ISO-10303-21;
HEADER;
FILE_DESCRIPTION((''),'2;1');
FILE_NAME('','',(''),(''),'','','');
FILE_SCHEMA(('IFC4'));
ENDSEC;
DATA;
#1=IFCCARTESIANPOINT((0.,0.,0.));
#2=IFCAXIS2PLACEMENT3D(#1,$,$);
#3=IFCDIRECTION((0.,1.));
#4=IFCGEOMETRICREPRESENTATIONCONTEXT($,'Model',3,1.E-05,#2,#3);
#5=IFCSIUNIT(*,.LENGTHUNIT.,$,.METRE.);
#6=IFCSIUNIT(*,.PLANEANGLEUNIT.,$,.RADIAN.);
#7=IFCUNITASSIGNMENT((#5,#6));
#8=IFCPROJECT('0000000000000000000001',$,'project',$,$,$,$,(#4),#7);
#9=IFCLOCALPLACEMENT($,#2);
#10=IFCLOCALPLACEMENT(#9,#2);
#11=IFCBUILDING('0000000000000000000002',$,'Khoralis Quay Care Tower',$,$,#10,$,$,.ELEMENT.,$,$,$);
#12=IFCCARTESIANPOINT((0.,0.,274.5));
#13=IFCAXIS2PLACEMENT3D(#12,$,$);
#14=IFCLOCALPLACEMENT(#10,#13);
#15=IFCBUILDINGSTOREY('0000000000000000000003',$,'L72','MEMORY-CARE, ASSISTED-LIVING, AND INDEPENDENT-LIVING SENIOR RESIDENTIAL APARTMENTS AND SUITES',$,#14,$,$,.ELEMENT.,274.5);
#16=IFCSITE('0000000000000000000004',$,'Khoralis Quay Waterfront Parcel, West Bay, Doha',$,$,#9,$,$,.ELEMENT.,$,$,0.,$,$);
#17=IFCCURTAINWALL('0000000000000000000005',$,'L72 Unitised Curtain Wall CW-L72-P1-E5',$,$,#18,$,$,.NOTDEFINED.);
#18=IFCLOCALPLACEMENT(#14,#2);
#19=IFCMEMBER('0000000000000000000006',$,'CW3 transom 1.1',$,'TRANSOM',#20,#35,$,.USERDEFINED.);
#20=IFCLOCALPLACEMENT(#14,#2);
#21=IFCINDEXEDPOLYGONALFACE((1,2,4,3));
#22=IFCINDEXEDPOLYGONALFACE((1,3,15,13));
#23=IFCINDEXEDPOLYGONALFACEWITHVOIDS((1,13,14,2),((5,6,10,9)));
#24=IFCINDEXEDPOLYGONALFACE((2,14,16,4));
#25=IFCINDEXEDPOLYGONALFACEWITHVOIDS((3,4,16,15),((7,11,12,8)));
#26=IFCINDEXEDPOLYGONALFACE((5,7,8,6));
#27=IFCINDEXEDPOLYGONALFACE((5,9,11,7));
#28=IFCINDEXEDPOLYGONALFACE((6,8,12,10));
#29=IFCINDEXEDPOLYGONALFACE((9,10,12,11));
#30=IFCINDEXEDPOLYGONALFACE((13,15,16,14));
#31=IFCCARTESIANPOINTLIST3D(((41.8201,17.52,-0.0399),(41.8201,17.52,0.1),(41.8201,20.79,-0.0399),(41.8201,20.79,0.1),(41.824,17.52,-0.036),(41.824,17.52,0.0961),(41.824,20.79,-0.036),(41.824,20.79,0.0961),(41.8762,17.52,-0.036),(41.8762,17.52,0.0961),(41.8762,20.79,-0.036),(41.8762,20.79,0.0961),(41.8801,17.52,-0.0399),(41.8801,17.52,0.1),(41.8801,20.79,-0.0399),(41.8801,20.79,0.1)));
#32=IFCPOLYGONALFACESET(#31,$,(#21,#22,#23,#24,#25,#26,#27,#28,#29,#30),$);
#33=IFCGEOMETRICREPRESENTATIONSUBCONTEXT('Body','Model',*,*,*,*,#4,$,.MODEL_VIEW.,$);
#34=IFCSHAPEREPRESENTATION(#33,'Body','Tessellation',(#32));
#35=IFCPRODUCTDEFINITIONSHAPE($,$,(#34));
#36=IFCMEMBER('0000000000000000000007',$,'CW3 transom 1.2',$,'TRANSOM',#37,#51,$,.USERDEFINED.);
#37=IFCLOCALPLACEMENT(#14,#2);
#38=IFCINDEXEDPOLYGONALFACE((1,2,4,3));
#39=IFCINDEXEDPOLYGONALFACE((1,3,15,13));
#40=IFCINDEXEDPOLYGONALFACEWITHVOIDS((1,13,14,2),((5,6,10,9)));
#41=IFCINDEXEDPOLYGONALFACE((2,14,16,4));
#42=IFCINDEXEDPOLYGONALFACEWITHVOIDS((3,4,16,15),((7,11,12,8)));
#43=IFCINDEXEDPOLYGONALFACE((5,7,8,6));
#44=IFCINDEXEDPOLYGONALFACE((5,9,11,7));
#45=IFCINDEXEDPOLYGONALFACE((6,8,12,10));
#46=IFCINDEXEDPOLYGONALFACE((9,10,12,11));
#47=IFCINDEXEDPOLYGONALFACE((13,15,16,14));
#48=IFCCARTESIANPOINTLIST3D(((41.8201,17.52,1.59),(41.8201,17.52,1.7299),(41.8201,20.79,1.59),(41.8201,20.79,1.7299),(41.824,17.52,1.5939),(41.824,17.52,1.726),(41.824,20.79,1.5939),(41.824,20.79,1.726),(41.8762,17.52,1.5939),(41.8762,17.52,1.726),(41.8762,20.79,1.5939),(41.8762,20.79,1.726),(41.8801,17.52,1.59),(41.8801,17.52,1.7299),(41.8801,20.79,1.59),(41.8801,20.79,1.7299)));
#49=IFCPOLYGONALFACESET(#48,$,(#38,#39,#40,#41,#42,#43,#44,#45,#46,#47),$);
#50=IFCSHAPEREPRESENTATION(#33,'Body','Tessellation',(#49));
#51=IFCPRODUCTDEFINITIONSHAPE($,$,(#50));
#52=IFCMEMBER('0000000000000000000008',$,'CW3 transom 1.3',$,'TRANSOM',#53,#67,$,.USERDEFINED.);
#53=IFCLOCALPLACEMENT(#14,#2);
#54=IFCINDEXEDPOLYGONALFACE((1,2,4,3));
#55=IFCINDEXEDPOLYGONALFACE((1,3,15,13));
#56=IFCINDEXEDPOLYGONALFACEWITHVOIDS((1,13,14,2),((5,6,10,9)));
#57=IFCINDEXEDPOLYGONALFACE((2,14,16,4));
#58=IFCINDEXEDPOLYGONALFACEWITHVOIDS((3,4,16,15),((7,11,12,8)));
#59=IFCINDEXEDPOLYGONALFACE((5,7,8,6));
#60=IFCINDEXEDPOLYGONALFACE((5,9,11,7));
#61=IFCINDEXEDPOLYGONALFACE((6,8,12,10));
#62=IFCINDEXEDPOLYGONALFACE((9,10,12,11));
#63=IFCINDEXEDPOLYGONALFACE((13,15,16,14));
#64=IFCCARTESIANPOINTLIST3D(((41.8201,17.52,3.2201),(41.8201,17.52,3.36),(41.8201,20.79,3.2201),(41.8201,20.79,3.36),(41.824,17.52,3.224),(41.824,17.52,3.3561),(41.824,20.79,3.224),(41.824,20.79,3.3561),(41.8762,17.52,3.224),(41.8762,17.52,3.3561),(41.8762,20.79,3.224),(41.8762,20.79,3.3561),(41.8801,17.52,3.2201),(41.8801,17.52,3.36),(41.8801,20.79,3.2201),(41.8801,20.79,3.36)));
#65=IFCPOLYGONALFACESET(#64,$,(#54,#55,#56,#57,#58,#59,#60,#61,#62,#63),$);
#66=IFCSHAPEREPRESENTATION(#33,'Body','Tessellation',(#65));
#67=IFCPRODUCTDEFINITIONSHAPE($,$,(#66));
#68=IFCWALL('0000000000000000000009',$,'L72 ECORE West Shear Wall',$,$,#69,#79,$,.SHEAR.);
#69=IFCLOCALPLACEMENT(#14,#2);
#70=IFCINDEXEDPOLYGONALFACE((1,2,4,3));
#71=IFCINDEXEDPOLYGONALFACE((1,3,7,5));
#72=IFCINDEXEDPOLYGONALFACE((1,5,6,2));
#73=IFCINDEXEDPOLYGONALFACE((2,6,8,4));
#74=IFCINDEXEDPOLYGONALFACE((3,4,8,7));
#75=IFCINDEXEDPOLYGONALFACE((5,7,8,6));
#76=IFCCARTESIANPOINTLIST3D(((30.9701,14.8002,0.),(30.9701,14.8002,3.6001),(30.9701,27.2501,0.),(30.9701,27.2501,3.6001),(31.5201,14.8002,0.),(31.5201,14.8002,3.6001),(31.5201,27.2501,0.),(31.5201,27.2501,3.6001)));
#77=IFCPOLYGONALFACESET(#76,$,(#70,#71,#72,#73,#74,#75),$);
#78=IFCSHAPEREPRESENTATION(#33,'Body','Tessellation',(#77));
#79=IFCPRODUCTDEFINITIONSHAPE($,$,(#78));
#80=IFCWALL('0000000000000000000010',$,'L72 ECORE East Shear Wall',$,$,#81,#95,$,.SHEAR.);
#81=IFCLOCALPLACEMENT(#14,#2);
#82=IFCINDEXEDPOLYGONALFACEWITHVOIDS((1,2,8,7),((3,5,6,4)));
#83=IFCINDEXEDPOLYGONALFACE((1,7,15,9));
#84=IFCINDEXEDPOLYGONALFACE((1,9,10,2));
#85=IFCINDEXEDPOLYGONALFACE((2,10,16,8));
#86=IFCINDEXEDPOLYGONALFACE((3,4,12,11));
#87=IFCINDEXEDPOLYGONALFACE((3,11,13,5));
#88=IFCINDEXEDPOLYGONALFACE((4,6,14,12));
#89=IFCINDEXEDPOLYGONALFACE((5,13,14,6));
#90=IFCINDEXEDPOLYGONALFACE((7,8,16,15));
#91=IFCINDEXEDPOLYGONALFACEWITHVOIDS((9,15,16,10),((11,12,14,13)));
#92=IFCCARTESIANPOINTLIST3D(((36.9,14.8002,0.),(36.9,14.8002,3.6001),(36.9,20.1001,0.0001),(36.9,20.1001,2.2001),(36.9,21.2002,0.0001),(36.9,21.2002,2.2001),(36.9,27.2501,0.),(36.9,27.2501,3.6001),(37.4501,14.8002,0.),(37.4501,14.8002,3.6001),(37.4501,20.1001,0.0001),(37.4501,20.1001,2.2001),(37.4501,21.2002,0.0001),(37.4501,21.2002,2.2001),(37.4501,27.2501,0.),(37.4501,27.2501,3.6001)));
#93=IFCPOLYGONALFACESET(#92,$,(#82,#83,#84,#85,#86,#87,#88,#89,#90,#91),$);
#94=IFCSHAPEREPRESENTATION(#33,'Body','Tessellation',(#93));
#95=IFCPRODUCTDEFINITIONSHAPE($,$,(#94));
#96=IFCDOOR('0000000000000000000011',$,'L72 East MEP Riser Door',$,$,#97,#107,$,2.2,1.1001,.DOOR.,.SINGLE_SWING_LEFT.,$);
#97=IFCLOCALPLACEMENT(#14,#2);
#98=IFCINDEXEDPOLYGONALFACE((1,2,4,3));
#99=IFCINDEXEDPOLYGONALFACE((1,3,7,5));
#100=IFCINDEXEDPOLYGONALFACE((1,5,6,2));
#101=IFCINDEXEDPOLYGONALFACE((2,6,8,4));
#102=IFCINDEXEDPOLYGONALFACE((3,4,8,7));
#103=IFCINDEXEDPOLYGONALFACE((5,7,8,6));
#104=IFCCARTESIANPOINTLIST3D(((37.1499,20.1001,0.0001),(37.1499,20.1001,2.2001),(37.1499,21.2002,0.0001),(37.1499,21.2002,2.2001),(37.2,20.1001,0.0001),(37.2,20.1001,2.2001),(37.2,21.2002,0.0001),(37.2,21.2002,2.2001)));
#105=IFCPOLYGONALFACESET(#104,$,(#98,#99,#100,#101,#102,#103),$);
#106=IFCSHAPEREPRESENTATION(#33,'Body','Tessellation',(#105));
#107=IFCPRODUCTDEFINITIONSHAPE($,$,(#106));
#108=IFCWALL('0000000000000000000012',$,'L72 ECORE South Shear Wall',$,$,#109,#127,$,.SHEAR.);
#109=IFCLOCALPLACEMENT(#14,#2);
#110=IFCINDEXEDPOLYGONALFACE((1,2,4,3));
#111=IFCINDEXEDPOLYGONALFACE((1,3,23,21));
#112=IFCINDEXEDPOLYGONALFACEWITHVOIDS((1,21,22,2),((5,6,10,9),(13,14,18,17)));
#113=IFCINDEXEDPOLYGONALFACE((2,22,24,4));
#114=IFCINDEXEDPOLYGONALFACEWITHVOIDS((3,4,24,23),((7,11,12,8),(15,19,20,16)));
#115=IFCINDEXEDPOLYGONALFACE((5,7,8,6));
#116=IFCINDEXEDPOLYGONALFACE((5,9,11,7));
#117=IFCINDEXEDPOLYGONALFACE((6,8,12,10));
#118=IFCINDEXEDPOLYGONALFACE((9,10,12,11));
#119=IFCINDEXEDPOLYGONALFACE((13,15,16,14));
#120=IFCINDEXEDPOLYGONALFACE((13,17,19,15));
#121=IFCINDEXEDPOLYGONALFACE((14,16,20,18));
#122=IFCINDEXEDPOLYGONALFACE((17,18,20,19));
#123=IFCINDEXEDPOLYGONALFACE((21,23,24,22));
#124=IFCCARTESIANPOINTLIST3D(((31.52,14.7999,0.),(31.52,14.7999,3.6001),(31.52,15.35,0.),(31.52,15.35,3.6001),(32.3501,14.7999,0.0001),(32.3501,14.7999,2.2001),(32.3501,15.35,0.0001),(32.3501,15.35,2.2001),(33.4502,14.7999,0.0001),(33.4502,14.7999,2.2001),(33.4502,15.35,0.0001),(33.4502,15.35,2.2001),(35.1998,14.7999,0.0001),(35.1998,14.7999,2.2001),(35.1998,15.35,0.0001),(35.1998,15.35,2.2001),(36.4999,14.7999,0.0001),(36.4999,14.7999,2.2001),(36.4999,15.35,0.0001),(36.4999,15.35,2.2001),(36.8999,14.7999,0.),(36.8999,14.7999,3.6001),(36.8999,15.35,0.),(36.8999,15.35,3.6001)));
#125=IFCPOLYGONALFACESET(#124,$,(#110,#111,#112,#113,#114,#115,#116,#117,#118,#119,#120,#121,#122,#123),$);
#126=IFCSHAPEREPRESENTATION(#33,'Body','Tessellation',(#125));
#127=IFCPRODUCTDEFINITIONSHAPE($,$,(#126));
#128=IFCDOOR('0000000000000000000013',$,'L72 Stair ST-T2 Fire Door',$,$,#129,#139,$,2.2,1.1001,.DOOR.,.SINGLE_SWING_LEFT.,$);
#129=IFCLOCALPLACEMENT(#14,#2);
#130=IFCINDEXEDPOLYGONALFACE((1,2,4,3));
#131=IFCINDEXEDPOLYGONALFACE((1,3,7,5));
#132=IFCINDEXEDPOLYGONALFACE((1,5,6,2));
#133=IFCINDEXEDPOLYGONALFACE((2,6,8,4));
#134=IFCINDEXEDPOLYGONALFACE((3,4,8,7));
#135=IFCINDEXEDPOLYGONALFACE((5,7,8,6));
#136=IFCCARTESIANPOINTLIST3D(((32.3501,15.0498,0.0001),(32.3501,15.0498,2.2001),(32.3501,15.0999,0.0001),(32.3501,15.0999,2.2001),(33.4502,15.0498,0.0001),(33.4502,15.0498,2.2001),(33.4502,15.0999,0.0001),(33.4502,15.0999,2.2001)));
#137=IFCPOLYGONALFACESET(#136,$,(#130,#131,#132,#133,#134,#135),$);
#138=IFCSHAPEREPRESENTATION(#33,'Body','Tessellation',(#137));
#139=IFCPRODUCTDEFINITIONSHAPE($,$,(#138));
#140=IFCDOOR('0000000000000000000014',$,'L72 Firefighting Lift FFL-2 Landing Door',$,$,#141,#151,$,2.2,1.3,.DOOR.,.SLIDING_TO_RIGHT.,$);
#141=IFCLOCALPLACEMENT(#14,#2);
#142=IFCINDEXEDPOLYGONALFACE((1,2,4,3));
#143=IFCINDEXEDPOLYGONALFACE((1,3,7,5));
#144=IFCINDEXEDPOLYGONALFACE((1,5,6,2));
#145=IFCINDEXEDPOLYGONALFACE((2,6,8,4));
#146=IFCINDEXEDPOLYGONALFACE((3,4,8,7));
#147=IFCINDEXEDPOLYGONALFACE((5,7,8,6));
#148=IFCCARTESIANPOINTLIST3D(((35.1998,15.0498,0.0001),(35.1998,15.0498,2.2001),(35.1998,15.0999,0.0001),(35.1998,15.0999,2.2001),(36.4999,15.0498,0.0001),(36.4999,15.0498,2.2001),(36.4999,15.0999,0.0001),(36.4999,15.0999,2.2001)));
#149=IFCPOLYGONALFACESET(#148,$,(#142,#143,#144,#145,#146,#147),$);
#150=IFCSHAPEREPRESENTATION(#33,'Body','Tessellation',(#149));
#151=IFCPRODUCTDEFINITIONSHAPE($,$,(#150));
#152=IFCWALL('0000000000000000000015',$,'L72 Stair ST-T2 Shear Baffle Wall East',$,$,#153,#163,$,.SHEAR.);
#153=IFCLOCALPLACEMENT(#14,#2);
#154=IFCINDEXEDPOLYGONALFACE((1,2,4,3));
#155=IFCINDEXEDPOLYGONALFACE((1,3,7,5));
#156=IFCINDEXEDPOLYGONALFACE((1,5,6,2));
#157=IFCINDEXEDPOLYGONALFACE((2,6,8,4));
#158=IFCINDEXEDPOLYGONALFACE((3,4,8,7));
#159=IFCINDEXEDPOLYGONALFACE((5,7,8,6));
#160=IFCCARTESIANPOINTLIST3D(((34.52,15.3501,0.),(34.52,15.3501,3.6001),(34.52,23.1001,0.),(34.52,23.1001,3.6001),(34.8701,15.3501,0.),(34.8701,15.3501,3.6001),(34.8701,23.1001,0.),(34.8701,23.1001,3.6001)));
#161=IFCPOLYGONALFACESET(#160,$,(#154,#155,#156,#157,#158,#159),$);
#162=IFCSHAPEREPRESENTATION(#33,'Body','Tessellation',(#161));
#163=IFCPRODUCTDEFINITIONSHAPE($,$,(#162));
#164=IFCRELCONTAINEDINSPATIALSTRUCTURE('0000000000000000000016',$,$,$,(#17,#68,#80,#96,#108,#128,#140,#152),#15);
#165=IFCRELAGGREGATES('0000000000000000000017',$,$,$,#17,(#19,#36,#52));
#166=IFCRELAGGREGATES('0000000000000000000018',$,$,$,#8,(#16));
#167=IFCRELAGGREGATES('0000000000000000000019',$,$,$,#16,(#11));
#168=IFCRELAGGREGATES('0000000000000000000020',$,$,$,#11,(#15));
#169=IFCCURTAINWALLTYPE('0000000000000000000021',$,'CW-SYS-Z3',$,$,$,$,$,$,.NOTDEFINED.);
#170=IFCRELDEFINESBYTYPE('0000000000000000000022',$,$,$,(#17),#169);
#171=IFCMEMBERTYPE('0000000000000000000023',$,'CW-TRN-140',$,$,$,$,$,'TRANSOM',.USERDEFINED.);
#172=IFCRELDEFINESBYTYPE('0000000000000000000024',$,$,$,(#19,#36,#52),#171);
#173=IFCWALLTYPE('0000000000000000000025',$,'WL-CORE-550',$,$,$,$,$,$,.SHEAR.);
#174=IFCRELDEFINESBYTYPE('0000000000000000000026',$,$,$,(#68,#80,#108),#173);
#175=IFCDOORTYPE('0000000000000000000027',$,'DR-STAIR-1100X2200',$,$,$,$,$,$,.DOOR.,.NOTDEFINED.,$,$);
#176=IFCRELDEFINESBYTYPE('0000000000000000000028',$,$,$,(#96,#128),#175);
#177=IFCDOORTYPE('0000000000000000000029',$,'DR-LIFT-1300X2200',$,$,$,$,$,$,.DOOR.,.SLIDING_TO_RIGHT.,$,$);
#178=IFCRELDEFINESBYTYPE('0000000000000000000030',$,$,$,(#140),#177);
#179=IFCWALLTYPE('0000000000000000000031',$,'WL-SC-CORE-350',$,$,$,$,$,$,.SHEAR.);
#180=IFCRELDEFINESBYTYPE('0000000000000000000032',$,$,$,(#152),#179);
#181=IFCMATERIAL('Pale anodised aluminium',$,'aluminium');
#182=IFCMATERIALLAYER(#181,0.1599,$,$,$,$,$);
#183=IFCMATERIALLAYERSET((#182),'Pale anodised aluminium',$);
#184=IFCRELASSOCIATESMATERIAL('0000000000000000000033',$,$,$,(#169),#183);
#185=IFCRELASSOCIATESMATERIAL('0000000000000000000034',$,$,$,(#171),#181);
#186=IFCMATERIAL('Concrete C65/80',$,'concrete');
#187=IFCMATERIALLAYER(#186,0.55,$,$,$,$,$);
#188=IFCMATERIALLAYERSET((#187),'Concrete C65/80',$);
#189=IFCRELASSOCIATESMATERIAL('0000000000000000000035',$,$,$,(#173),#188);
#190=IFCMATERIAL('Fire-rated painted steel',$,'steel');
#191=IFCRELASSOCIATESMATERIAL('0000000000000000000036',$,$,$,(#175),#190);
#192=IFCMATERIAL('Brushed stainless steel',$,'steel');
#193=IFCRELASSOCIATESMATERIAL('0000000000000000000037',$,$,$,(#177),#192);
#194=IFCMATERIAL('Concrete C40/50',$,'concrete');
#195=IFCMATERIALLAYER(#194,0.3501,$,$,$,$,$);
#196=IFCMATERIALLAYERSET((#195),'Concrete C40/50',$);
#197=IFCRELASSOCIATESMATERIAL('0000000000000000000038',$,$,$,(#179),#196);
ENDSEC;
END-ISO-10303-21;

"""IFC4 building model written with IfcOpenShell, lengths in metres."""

from ifc_helpers import new_model, si_unit, direction, frame, frame_2d, origin, origin_2d, place, context, subcontext, project, spatial, rectangle, hollow_rectangle, extrude, source, transform, mapped, material, layer, layer_set, material_profile, profile_set, type_object, element, fill, aggregate, save


model = new_model("IFC4")

# Units and contexts
model_context = context("Model", 3, precision=1e-05, world=origin(), true_north=direction((0.0, 1.0)))
body_context = subcontext(model_context, "Body", "Model", "MODEL_VIEW")
ifc_project = project(units=[si_unit("LENGTHUNIT", "METRE"), si_unit("PLANEANGLEUNIT", "RADIAN")], contexts=[model_context])

# Site, building, storey
site_placement = place(None, origin())
site = spatial("IfcSite", under=ifc_project, at=site_placement, Name="Khoralis Quay Waterfront Parcel, West Bay, Doha", CompositionType="ELEMENT", RefElevation=0.0)
building_placement = place(site_placement, origin())
building = spatial("IfcBuilding", under=site, at=building_placement, Name="Khoralis Quay Care Tower", CompositionType="ELEMENT")
storey_placement = place(building_placement, frame((0.0, 0.0, 274.5)))
storey = spatial("IfcBuildingStorey", under=building, at=storey_placement, Name="L72", Description="MEMORY-CARE, ASSISTED-LIVING, AND INDEPENDENT-LIVING SENIOR RESIDENTIAL APARTMENTS AND SUITES", CompositionType="ELEMENT", Elevation=274.5)

# Curtain wall, members
ifc_material_1 = material(Name="Pale anodised aluminium", Category="aluminium")
ifc_layer_1 = layer(ifc_material_1, 0.1599)
ifc_layer_set_1 = layer_set([ifc_layer_1], Name="Pale anodised aluminium")
curtain_wall_type = type_object("IfcCurtainWallType", Name="CW-SYS-Z3", PredefinedType="NOTDEFINED", material=ifc_layer_set_1)
curtain_wall_placement = place(storey_placement, origin())
curtain_wall = element("IfcCurtainWall", 1, at=curtain_wall_placement, inside=storey, type_object=curtain_wall_type, Name="L72 Unitised Curtain Wall CW-L72-P1-E5", PredefinedType="NOTDEFINED")
ifc_material_profile_1 = material_profile(ifc_material_1, hollow_rectangle(XDim=0.0601, YDim=0.1399, WallThickness=0.0039, at=origin_2d()), Name="Pale anodised aluminium")
ifc_profile_set_1 = profile_set([ifc_material_profile_1], Name="Pale anodised aluminium")
member_type_1 = type_object("IfcMemberType", Name="CW-TRN-140", ElementType="TRANSOM", PredefinedType="USERDEFINED", material=ifc_profile_set_1)
shared_shape_1 = source(origin(), body_context, "Body", "SweptSolid", [
    extrude(hollow_rectangle(XDim=0.0601, YDim=0.1399, WallThickness=0.0039, at=origin_2d()), origin(), (0.0, 0.0, 1.0), 3.27),
])
member_1_placement = place(storey_placement, frame((41.8501, 17.52, 0.03), z_axis=(0.0, 1.0, 0.0), x_axis=(-1.0, 0.0, 0.0)))
member_1 = element("IfcMember", 2, at=member_1_placement, type_object=member_type_1, Name="CW3 transom 1.1", ObjectType="TRANSOM", PredefinedType="USERDEFINED", context=body_context, shape_type="MappedRepresentation", body=[
    mapped(shared_shape_1, transform((0.0, 0.0, 0.0), scale=1.0)),
])
member_2_placement = place(storey_placement, frame((41.8501, 17.52, 1.6599), z_axis=(0.0, 1.0, 0.0), x_axis=(-1.0, 0.0, 0.0)))
member_2 = element("IfcMember", 3, at=member_2_placement, type_object=member_type_1, Name="CW3 transom 1.2", ObjectType="TRANSOM", PredefinedType="USERDEFINED", context=body_context, shape_type="MappedRepresentation", body=[
    mapped(shared_shape_1, transform((0.0, 0.0, 0.0), scale=1.0)),
])
member_3_placement = place(storey_placement, frame((41.8501, 17.52, 3.29), z_axis=(0.0, 1.0, 0.0), x_axis=(-1.0, 0.0, 0.0)))
member_3 = element("IfcMember", 4, at=member_3_placement, type_object=member_type_1, Name="CW3 transom 1.3", ObjectType="TRANSOM", PredefinedType="USERDEFINED", context=body_context, shape_type="MappedRepresentation", body=[
    mapped(shared_shape_1, transform((0.0, 0.0, 0.0), scale=1.0)),
])
aggregate(curtain_wall, [member_1, member_2, member_3])

# Wall
ifc_material_2 = material(Name="Concrete C65/80", Category="concrete")
ifc_layer_2 = layer(ifc_material_2, 0.55)
ifc_layer_set_2 = layer_set([ifc_layer_2], Name="Concrete C65/80")
wall_type_1 = type_object("IfcWallType", Name="WL-CORE-550", PredefinedType="SHEAR", material=ifc_layer_set_2)
wall_1_placement = place(storey_placement, frame((31.2451, 14.8, 0.0), z_axis=(0.0, 0.0, 1.0), x_axis=(0.0, 1.0, 0.0)))
element("IfcWall", 5, at=wall_1_placement, inside=storey, type_object=wall_type_1, Name="L72 ECORE West Shear Wall", PredefinedType="SHEAR", context=body_context, shape_type="SweptSolid", body=[
    extrude(rectangle(XDim=12.45, YDim=0.55, at=frame_2d((6.2251, 0.0))), origin(), (0.0, 0.0, 1.0), 3.6001),
])

# Wall, opening, door
wall_2_placement = place(storey_placement, frame((37.175, 14.8, 0.0), z_axis=(0.0, 0.0, 1.0), x_axis=(0.0, 1.0, 0.0)))
wall_2 = element("IfcWall", 6, at=wall_2_placement, inside=storey, type_object=wall_type_1, Name="L72 ECORE East Shear Wall", PredefinedType="SHEAR", context=body_context, shape_type="SweptSolid", body=[
    extrude(rectangle(XDim=12.45, YDim=0.55, at=frame_2d((6.2251, 0.0))), origin(), (0.0, 0.0, 1.0), 3.6001),
])
opening_1_placement = place(wall_2_placement, frame((5.3, 0.0, 0.0)))
opening_1 = element("IfcOpeningElement", 7, at=opening_1_placement, cuts=wall_2, PredefinedType="OPENING", context=body_context, shape_type="SweptSolid", body=[
    extrude(rectangle(XDim=1.1001, YDim=2.2, at=frame_2d((0.55, 1.1001))), frame((0.0, 0.2852, 0.0), z_axis=(0.0, -1.0, 0.0), x_axis=(1.0, 0.0, 0.0)), (0.0, 0.0, 1.0), 0.5701),
])
ifc_material_3 = material(Name="Fire-rated painted steel", Category="steel")
door_type_1 = type_object("IfcDoorType", Name="DR-STAIR-1100X2200", OperationType="NOTDEFINED", PredefinedType="DOOR", material=ifc_material_3)
shared_shape_2 = source(origin(), body_context, "Body", "SweptSolid", [
    extrude(rectangle(XDim=1.1001, YDim=2.2, at=frame_2d((0.55, 1.1001))), frame((0.0, 0.0249, 0.0), z_axis=(0.0, -1.0, 0.0), x_axis=(1.0, 0.0, 0.0)), (0.0, 0.0, 1.0), 0.05),
])
door_1_placement = place(opening_1_placement, frame((1.1001, 0.0, 0.0), z_axis=(0.0, 0.0, 1.0), x_axis=(-1.0, 0.0, 0.0)))
door_1 = element("IfcDoor", 8, at=door_1_placement, inside=storey, type_object=door_type_1, Name="L72 East MEP Riser Door", OperationType="SINGLE_SWING_LEFT", OverallHeight=2.2, OverallWidth=1.1001, PredefinedType="DOOR", context=body_context, shape_type="MappedRepresentation", body=[
    mapped(shared_shape_2, transform((0.0, 0.0, 0.0), scale=1.0)),
])
fill(opening_1, door_1)

# Wall, openings, doors
wall_3_placement = place(storey_placement, frame((31.52, 15.075, 0.0), z_axis=(0.0, 0.0, 1.0), x_axis=(1.0, 0.0, 0.0)))
wall_3 = element("IfcWall", 9, at=wall_3_placement, inside=storey, type_object=wall_type_1, Name="L72 ECORE South Shear Wall", PredefinedType="SHEAR", context=body_context, shape_type="SweptSolid", body=[
    extrude(rectangle(XDim=5.3799, YDim=0.55, at=frame_2d((2.6899, 0.0))), origin(), (0.0, 0.0, 1.0), 3.6001),
])
opening_2_placement = place(wall_3_placement, frame((0.8301, 0.0, 0.0)))
opening_2 = element("IfcOpeningElement", 10, at=opening_2_placement, cuts=wall_3, PredefinedType="OPENING", context=body_context, shape_type="SweptSolid", body=[
    extrude(rectangle(XDim=1.1001, YDim=2.2, at=frame_2d((0.55, 1.1001))), frame((0.0, 0.2852, 0.0), z_axis=(0.0, -1.0, 0.0), x_axis=(1.0, 0.0, 0.0)), (0.0, 0.0, 1.0), 0.5701),
])
opening_3_placement = place(wall_3_placement, frame((3.6799, 0.0, 0.0)))
opening_3 = element("IfcOpeningElement", 11, at=opening_3_placement, cuts=wall_3, PredefinedType="OPENING", context=body_context, shape_type="SweptSolid", body=[
    extrude(rectangle(XDim=1.3, YDim=2.2, at=frame_2d((0.6499, 1.1001))), frame((0.0, 0.2852, 0.0), z_axis=(0.0, -1.0, 0.0), x_axis=(1.0, 0.0, 0.0)), (0.0, 0.0, 1.0), 0.5701),
])
door_2_placement = place(opening_2_placement, origin())
door_2 = element("IfcDoor", 12, at=door_2_placement, inside=storey, type_object=door_type_1, Name="L72 Stair ST-T2 Fire Door", OperationType="SINGLE_SWING_LEFT", OverallHeight=2.2, OverallWidth=1.1001, PredefinedType="DOOR", context=body_context, shape_type="MappedRepresentation", body=[
    mapped(shared_shape_2, transform((0.0, 0.0, 0.0), scale=1.0)),
])
fill(opening_2, door_2)
ifc_material_4 = material(Name="Brushed stainless steel", Category="steel")
door_type_2 = type_object("IfcDoorType", Name="DR-LIFT-1300X2200", OperationType="SLIDING_TO_RIGHT", PredefinedType="DOOR", material=ifc_material_4)
shared_shape_3 = source(origin(), body_context, "Body", "SweptSolid", [
    extrude(rectangle(XDim=1.3, YDim=2.2, at=frame_2d((0.6499, 1.1001))), frame((0.0, 0.0249, 0.0), z_axis=(0.0, -1.0, 0.0), x_axis=(1.0, 0.0, 0.0)), (0.0, 0.0, 1.0), 0.05),
])
door_3_placement = place(opening_3_placement, origin())
door_3 = element("IfcDoor", 13, at=door_3_placement, inside=storey, type_object=door_type_2, Name="L72 Firefighting Lift FFL-2 Landing Door", OperationType="SLIDING_TO_RIGHT", OverallHeight=2.2, OverallWidth=1.3, PredefinedType="DOOR", context=body_context, shape_type="MappedRepresentation", body=[
    mapped(shared_shape_3, transform((0.0, 0.0, 0.0), scale=1.0)),
])
fill(opening_3, door_3)

# Wall
ifc_material_5 = material(Name="Concrete C40/50", Category="concrete")
ifc_layer_3 = layer(ifc_material_5, 0.3501)
ifc_layer_set_3 = layer_set([ifc_layer_3], Name="Concrete C40/50")
wall_type_2 = type_object("IfcWallType", Name="WL-SC-CORE-350", PredefinedType="SHEAR", material=ifc_layer_set_3)
wall_4_placement = place(storey_placement, frame((34.6951, 15.3501, 0.0), z_axis=(0.0, 0.0, 1.0), x_axis=(0.0, 1.0, 0.0)))
element("IfcWall", 14, at=wall_4_placement, inside=storey, type_object=wall_type_2, Name="L72 Stair ST-T2 Shear Baffle Wall East", PredefinedType="SHEAR", context=body_context, shape_type="SweptSolid", body=[
    extrude(rectangle(XDim=7.75, YDim=0.3501, at=frame_2d((3.875, 0.0))), origin(), (0.0, 0.0, 1.0), 3.6001),
])

save(model, "model.ifc")
